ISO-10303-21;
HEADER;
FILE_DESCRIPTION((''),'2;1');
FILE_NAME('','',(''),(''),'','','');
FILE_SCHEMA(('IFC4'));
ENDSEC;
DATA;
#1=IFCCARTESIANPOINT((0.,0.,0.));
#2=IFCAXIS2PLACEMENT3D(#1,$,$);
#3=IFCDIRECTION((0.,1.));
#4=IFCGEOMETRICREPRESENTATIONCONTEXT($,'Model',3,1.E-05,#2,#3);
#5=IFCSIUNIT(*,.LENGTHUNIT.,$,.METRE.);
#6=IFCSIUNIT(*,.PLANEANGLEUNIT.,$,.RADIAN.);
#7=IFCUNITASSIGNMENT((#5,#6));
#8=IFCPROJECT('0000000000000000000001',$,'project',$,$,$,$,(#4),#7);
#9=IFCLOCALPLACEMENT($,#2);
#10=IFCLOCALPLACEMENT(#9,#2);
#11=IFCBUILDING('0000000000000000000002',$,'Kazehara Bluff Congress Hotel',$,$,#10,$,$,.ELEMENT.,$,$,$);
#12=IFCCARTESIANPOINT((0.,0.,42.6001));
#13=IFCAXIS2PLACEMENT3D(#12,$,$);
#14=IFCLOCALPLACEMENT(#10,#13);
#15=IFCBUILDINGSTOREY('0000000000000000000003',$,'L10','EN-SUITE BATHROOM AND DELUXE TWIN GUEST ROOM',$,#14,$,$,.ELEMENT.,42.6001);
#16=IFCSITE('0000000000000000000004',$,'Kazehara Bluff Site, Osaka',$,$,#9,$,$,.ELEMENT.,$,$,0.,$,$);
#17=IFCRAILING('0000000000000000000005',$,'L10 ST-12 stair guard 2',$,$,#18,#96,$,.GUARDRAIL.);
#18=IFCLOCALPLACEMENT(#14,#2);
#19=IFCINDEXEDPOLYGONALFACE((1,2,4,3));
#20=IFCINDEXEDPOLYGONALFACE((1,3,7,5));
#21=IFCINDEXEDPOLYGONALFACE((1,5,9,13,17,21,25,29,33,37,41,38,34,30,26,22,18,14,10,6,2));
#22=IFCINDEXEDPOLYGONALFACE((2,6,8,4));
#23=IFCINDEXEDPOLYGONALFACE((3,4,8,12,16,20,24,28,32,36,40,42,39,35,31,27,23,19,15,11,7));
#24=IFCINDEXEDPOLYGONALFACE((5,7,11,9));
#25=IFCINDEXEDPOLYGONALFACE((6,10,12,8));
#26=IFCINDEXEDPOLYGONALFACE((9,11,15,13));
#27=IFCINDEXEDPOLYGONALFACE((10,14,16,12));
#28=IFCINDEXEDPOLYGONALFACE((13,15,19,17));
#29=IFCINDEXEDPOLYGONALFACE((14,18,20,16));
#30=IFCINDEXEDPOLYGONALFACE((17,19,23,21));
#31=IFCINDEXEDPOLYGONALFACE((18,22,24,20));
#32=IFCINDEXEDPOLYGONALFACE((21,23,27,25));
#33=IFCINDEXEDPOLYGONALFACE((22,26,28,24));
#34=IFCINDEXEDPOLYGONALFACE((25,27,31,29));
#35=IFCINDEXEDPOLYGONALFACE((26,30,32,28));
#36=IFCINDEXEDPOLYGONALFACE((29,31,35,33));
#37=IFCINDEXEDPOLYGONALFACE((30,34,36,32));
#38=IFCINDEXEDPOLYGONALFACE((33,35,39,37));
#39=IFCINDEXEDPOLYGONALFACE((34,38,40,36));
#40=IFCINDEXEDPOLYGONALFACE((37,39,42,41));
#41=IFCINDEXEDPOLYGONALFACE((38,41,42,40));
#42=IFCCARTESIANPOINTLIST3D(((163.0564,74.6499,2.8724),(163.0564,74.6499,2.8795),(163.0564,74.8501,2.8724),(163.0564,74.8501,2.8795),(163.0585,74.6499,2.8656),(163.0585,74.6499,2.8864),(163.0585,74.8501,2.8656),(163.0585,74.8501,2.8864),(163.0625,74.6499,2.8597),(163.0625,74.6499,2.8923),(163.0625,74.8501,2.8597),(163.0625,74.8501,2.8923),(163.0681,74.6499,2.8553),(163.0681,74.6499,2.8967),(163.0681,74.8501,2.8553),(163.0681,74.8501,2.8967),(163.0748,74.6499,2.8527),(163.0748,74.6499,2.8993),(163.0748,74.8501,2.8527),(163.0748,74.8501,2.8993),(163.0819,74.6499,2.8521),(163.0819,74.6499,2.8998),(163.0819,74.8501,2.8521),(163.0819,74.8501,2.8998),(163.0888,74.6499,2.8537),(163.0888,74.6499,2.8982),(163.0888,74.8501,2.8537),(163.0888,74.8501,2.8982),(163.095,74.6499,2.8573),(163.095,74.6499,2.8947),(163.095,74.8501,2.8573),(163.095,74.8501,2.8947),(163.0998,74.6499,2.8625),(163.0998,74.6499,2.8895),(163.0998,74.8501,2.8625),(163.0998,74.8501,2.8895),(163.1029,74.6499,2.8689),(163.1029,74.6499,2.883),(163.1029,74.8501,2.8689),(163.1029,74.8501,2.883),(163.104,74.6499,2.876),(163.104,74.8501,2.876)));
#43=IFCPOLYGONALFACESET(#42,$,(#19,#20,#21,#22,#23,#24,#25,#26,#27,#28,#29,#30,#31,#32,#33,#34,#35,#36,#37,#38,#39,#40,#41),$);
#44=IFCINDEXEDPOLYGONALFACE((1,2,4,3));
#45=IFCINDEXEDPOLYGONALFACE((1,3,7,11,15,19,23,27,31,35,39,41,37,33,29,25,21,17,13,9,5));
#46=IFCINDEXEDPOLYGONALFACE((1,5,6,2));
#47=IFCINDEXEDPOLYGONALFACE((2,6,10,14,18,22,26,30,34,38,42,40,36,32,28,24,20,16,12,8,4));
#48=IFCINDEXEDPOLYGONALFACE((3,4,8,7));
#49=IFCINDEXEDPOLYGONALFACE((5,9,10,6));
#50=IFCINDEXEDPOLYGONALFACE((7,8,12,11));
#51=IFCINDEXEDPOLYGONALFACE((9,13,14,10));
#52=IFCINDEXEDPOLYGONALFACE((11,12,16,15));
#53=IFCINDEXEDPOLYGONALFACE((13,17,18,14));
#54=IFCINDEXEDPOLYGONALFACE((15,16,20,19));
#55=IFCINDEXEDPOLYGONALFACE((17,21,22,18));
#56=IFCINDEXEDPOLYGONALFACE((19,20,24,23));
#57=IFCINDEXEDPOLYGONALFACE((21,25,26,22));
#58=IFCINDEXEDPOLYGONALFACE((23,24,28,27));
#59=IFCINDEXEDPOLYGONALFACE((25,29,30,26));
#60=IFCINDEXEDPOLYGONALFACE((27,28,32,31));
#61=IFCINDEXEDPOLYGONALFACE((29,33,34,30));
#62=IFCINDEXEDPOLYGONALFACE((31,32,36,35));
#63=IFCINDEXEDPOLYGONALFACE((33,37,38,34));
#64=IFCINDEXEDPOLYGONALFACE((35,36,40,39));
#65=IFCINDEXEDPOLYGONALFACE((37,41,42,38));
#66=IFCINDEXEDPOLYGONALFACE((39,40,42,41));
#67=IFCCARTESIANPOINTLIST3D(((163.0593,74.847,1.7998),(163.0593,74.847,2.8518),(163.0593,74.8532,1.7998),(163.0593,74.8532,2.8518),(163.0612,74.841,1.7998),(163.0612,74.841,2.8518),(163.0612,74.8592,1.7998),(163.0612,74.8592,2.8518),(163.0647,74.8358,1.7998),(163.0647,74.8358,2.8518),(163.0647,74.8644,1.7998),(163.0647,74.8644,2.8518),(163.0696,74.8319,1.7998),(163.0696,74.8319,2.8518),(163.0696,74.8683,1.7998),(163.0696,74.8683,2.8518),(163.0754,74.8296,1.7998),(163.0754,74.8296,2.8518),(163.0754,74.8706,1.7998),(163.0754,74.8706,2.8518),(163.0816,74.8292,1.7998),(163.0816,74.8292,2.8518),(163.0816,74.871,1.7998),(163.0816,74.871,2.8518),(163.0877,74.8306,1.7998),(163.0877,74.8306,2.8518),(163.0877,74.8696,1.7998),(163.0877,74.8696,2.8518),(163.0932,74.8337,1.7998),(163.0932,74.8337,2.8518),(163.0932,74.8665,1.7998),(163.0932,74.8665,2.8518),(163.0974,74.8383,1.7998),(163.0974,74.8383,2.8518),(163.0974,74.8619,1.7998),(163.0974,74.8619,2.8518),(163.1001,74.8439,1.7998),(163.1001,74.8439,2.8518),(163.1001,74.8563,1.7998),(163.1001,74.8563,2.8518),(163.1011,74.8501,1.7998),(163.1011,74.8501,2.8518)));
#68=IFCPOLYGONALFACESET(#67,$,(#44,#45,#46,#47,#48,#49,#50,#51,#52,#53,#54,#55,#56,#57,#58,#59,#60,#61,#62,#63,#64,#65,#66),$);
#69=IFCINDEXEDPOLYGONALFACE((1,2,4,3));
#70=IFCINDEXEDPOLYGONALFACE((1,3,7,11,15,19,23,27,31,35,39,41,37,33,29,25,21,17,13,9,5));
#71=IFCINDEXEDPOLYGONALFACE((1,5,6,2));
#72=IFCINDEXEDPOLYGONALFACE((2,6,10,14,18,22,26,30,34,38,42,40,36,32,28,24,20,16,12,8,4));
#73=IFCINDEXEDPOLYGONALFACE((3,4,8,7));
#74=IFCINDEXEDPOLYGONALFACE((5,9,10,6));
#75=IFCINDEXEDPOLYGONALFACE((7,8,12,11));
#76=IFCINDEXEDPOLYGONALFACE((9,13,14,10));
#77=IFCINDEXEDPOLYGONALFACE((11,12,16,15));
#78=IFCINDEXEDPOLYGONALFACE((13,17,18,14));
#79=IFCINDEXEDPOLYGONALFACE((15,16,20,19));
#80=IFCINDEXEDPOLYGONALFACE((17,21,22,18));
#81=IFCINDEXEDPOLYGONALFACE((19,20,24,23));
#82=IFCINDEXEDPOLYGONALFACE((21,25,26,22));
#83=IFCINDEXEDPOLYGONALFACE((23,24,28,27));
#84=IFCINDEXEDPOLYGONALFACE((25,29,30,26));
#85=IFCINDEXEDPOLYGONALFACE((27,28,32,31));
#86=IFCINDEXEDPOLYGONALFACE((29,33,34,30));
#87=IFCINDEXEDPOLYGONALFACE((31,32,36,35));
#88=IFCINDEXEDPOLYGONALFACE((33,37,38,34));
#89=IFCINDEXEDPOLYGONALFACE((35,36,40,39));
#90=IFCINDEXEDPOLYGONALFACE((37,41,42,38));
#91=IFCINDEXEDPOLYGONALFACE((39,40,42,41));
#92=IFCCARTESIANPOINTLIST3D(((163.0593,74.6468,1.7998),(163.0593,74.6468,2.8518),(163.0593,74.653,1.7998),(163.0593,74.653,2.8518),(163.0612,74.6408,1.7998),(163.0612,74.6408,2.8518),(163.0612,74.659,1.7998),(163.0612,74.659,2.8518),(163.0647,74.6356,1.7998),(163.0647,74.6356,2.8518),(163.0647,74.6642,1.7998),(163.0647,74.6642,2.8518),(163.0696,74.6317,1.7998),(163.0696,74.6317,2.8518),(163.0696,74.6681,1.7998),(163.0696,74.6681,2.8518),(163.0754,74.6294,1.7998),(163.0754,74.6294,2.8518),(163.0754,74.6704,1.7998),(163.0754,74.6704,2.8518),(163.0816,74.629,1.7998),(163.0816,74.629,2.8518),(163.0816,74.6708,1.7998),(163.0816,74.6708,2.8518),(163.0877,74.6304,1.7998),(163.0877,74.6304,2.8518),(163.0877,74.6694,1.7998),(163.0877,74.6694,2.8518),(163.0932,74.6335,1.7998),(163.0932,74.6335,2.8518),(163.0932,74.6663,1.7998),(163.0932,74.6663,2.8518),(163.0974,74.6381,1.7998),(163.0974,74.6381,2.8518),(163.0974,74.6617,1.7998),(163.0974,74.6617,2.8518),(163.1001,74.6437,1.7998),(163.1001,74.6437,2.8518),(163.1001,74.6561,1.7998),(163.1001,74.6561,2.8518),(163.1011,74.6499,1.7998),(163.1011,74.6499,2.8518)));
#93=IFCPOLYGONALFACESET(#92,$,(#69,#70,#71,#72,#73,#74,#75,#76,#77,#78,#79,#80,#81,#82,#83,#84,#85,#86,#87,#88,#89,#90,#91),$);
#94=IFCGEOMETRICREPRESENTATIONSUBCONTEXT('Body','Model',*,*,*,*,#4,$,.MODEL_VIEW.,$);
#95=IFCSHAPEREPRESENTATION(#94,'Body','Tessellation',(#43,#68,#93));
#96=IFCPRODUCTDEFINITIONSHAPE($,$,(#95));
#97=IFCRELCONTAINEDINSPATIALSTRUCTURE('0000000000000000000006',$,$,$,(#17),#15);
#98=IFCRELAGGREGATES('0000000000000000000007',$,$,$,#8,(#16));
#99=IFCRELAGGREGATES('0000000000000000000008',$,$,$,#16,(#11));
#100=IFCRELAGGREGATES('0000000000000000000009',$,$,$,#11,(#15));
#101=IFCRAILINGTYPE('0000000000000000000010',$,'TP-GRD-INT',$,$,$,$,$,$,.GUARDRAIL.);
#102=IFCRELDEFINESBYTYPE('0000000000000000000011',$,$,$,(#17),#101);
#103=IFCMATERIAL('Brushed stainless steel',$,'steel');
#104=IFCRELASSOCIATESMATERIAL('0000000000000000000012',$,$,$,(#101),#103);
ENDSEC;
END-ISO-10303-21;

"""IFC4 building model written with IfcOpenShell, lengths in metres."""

from ifc_helpers import new_model, si_unit, direction, frame, origin, origin_2d, place, context, subcontext, project, spatial, circle, extrude, material, type_object, element, save


model = new_model("IFC4")

# Units and contexts
model_context = context("Model", 3, precision=1e-05, world=origin(), true_north=direction((0.0, 1.0)))
body_context = subcontext(model_context, "Body", "Model", "MODEL_VIEW")
ifc_project = project(units=[si_unit("LENGTHUNIT", "METRE"), si_unit("PLANEANGLEUNIT", "RADIAN")], contexts=[model_context])

# Site, building, storey
site_placement = place(None, origin())
site = spatial("IfcSite", under=ifc_project, at=site_placement, Name="Kazehara Bluff Site, Osaka", CompositionType="ELEMENT", RefElevation=0.0)
building_placement = place(site_placement, origin())
building = spatial("IfcBuilding", under=site, at=building_placement, Name="Kazehara Bluff Congress Hotel", CompositionType="ELEMENT")
storey_placement = place(building_placement, frame((0.0, 0.0, 42.6001)))
storey = spatial("IfcBuildingStorey", under=building, at=storey_placement, Name="L10", Description="EN-SUITE BATHROOM AND DELUXE TWIN GUEST ROOM", CompositionType="ELEMENT", Elevation=42.6001)

# Railing
ifc_material_1 = material(Name="Brushed stainless steel", Category="steel")
railing_type_1 = type_object("IfcRailingType", Name="TP-GRD-INT", PredefinedType="GUARDRAIL", material=ifc_material_1)
railing_1_placement = place(storey_placement, frame((163.0801, 74.8501, 1.7998)))
element("IfcRailing", 1, at=railing_1_placement, inside=storey, type_object=railing_type_1, Name="L10 ST-12 stair guard 2", PredefinedType="GUARDRAIL", context=body_context, shape_type="SweptSolid", body=[
    extrude(circle(Radius=0.0239, at=origin_2d()), frame((0.0, 0.0, 1.0762), z_axis=(0.0, -1.0, 0.0), x_axis=(1.0, 0.0, 0.0)), (0.0, 0.0, 1.0), 0.2002),
    extrude(circle(Radius=0.021, at=origin_2d()), origin(), (0.0, 0.0, 1.0), 1.052),
    extrude(circle(Radius=0.021, at=origin_2d()), frame((0.0, -0.2002, 0.0)), (0.0, 0.0, 1.0), 1.052),
])

save(model, "model.ifc")
